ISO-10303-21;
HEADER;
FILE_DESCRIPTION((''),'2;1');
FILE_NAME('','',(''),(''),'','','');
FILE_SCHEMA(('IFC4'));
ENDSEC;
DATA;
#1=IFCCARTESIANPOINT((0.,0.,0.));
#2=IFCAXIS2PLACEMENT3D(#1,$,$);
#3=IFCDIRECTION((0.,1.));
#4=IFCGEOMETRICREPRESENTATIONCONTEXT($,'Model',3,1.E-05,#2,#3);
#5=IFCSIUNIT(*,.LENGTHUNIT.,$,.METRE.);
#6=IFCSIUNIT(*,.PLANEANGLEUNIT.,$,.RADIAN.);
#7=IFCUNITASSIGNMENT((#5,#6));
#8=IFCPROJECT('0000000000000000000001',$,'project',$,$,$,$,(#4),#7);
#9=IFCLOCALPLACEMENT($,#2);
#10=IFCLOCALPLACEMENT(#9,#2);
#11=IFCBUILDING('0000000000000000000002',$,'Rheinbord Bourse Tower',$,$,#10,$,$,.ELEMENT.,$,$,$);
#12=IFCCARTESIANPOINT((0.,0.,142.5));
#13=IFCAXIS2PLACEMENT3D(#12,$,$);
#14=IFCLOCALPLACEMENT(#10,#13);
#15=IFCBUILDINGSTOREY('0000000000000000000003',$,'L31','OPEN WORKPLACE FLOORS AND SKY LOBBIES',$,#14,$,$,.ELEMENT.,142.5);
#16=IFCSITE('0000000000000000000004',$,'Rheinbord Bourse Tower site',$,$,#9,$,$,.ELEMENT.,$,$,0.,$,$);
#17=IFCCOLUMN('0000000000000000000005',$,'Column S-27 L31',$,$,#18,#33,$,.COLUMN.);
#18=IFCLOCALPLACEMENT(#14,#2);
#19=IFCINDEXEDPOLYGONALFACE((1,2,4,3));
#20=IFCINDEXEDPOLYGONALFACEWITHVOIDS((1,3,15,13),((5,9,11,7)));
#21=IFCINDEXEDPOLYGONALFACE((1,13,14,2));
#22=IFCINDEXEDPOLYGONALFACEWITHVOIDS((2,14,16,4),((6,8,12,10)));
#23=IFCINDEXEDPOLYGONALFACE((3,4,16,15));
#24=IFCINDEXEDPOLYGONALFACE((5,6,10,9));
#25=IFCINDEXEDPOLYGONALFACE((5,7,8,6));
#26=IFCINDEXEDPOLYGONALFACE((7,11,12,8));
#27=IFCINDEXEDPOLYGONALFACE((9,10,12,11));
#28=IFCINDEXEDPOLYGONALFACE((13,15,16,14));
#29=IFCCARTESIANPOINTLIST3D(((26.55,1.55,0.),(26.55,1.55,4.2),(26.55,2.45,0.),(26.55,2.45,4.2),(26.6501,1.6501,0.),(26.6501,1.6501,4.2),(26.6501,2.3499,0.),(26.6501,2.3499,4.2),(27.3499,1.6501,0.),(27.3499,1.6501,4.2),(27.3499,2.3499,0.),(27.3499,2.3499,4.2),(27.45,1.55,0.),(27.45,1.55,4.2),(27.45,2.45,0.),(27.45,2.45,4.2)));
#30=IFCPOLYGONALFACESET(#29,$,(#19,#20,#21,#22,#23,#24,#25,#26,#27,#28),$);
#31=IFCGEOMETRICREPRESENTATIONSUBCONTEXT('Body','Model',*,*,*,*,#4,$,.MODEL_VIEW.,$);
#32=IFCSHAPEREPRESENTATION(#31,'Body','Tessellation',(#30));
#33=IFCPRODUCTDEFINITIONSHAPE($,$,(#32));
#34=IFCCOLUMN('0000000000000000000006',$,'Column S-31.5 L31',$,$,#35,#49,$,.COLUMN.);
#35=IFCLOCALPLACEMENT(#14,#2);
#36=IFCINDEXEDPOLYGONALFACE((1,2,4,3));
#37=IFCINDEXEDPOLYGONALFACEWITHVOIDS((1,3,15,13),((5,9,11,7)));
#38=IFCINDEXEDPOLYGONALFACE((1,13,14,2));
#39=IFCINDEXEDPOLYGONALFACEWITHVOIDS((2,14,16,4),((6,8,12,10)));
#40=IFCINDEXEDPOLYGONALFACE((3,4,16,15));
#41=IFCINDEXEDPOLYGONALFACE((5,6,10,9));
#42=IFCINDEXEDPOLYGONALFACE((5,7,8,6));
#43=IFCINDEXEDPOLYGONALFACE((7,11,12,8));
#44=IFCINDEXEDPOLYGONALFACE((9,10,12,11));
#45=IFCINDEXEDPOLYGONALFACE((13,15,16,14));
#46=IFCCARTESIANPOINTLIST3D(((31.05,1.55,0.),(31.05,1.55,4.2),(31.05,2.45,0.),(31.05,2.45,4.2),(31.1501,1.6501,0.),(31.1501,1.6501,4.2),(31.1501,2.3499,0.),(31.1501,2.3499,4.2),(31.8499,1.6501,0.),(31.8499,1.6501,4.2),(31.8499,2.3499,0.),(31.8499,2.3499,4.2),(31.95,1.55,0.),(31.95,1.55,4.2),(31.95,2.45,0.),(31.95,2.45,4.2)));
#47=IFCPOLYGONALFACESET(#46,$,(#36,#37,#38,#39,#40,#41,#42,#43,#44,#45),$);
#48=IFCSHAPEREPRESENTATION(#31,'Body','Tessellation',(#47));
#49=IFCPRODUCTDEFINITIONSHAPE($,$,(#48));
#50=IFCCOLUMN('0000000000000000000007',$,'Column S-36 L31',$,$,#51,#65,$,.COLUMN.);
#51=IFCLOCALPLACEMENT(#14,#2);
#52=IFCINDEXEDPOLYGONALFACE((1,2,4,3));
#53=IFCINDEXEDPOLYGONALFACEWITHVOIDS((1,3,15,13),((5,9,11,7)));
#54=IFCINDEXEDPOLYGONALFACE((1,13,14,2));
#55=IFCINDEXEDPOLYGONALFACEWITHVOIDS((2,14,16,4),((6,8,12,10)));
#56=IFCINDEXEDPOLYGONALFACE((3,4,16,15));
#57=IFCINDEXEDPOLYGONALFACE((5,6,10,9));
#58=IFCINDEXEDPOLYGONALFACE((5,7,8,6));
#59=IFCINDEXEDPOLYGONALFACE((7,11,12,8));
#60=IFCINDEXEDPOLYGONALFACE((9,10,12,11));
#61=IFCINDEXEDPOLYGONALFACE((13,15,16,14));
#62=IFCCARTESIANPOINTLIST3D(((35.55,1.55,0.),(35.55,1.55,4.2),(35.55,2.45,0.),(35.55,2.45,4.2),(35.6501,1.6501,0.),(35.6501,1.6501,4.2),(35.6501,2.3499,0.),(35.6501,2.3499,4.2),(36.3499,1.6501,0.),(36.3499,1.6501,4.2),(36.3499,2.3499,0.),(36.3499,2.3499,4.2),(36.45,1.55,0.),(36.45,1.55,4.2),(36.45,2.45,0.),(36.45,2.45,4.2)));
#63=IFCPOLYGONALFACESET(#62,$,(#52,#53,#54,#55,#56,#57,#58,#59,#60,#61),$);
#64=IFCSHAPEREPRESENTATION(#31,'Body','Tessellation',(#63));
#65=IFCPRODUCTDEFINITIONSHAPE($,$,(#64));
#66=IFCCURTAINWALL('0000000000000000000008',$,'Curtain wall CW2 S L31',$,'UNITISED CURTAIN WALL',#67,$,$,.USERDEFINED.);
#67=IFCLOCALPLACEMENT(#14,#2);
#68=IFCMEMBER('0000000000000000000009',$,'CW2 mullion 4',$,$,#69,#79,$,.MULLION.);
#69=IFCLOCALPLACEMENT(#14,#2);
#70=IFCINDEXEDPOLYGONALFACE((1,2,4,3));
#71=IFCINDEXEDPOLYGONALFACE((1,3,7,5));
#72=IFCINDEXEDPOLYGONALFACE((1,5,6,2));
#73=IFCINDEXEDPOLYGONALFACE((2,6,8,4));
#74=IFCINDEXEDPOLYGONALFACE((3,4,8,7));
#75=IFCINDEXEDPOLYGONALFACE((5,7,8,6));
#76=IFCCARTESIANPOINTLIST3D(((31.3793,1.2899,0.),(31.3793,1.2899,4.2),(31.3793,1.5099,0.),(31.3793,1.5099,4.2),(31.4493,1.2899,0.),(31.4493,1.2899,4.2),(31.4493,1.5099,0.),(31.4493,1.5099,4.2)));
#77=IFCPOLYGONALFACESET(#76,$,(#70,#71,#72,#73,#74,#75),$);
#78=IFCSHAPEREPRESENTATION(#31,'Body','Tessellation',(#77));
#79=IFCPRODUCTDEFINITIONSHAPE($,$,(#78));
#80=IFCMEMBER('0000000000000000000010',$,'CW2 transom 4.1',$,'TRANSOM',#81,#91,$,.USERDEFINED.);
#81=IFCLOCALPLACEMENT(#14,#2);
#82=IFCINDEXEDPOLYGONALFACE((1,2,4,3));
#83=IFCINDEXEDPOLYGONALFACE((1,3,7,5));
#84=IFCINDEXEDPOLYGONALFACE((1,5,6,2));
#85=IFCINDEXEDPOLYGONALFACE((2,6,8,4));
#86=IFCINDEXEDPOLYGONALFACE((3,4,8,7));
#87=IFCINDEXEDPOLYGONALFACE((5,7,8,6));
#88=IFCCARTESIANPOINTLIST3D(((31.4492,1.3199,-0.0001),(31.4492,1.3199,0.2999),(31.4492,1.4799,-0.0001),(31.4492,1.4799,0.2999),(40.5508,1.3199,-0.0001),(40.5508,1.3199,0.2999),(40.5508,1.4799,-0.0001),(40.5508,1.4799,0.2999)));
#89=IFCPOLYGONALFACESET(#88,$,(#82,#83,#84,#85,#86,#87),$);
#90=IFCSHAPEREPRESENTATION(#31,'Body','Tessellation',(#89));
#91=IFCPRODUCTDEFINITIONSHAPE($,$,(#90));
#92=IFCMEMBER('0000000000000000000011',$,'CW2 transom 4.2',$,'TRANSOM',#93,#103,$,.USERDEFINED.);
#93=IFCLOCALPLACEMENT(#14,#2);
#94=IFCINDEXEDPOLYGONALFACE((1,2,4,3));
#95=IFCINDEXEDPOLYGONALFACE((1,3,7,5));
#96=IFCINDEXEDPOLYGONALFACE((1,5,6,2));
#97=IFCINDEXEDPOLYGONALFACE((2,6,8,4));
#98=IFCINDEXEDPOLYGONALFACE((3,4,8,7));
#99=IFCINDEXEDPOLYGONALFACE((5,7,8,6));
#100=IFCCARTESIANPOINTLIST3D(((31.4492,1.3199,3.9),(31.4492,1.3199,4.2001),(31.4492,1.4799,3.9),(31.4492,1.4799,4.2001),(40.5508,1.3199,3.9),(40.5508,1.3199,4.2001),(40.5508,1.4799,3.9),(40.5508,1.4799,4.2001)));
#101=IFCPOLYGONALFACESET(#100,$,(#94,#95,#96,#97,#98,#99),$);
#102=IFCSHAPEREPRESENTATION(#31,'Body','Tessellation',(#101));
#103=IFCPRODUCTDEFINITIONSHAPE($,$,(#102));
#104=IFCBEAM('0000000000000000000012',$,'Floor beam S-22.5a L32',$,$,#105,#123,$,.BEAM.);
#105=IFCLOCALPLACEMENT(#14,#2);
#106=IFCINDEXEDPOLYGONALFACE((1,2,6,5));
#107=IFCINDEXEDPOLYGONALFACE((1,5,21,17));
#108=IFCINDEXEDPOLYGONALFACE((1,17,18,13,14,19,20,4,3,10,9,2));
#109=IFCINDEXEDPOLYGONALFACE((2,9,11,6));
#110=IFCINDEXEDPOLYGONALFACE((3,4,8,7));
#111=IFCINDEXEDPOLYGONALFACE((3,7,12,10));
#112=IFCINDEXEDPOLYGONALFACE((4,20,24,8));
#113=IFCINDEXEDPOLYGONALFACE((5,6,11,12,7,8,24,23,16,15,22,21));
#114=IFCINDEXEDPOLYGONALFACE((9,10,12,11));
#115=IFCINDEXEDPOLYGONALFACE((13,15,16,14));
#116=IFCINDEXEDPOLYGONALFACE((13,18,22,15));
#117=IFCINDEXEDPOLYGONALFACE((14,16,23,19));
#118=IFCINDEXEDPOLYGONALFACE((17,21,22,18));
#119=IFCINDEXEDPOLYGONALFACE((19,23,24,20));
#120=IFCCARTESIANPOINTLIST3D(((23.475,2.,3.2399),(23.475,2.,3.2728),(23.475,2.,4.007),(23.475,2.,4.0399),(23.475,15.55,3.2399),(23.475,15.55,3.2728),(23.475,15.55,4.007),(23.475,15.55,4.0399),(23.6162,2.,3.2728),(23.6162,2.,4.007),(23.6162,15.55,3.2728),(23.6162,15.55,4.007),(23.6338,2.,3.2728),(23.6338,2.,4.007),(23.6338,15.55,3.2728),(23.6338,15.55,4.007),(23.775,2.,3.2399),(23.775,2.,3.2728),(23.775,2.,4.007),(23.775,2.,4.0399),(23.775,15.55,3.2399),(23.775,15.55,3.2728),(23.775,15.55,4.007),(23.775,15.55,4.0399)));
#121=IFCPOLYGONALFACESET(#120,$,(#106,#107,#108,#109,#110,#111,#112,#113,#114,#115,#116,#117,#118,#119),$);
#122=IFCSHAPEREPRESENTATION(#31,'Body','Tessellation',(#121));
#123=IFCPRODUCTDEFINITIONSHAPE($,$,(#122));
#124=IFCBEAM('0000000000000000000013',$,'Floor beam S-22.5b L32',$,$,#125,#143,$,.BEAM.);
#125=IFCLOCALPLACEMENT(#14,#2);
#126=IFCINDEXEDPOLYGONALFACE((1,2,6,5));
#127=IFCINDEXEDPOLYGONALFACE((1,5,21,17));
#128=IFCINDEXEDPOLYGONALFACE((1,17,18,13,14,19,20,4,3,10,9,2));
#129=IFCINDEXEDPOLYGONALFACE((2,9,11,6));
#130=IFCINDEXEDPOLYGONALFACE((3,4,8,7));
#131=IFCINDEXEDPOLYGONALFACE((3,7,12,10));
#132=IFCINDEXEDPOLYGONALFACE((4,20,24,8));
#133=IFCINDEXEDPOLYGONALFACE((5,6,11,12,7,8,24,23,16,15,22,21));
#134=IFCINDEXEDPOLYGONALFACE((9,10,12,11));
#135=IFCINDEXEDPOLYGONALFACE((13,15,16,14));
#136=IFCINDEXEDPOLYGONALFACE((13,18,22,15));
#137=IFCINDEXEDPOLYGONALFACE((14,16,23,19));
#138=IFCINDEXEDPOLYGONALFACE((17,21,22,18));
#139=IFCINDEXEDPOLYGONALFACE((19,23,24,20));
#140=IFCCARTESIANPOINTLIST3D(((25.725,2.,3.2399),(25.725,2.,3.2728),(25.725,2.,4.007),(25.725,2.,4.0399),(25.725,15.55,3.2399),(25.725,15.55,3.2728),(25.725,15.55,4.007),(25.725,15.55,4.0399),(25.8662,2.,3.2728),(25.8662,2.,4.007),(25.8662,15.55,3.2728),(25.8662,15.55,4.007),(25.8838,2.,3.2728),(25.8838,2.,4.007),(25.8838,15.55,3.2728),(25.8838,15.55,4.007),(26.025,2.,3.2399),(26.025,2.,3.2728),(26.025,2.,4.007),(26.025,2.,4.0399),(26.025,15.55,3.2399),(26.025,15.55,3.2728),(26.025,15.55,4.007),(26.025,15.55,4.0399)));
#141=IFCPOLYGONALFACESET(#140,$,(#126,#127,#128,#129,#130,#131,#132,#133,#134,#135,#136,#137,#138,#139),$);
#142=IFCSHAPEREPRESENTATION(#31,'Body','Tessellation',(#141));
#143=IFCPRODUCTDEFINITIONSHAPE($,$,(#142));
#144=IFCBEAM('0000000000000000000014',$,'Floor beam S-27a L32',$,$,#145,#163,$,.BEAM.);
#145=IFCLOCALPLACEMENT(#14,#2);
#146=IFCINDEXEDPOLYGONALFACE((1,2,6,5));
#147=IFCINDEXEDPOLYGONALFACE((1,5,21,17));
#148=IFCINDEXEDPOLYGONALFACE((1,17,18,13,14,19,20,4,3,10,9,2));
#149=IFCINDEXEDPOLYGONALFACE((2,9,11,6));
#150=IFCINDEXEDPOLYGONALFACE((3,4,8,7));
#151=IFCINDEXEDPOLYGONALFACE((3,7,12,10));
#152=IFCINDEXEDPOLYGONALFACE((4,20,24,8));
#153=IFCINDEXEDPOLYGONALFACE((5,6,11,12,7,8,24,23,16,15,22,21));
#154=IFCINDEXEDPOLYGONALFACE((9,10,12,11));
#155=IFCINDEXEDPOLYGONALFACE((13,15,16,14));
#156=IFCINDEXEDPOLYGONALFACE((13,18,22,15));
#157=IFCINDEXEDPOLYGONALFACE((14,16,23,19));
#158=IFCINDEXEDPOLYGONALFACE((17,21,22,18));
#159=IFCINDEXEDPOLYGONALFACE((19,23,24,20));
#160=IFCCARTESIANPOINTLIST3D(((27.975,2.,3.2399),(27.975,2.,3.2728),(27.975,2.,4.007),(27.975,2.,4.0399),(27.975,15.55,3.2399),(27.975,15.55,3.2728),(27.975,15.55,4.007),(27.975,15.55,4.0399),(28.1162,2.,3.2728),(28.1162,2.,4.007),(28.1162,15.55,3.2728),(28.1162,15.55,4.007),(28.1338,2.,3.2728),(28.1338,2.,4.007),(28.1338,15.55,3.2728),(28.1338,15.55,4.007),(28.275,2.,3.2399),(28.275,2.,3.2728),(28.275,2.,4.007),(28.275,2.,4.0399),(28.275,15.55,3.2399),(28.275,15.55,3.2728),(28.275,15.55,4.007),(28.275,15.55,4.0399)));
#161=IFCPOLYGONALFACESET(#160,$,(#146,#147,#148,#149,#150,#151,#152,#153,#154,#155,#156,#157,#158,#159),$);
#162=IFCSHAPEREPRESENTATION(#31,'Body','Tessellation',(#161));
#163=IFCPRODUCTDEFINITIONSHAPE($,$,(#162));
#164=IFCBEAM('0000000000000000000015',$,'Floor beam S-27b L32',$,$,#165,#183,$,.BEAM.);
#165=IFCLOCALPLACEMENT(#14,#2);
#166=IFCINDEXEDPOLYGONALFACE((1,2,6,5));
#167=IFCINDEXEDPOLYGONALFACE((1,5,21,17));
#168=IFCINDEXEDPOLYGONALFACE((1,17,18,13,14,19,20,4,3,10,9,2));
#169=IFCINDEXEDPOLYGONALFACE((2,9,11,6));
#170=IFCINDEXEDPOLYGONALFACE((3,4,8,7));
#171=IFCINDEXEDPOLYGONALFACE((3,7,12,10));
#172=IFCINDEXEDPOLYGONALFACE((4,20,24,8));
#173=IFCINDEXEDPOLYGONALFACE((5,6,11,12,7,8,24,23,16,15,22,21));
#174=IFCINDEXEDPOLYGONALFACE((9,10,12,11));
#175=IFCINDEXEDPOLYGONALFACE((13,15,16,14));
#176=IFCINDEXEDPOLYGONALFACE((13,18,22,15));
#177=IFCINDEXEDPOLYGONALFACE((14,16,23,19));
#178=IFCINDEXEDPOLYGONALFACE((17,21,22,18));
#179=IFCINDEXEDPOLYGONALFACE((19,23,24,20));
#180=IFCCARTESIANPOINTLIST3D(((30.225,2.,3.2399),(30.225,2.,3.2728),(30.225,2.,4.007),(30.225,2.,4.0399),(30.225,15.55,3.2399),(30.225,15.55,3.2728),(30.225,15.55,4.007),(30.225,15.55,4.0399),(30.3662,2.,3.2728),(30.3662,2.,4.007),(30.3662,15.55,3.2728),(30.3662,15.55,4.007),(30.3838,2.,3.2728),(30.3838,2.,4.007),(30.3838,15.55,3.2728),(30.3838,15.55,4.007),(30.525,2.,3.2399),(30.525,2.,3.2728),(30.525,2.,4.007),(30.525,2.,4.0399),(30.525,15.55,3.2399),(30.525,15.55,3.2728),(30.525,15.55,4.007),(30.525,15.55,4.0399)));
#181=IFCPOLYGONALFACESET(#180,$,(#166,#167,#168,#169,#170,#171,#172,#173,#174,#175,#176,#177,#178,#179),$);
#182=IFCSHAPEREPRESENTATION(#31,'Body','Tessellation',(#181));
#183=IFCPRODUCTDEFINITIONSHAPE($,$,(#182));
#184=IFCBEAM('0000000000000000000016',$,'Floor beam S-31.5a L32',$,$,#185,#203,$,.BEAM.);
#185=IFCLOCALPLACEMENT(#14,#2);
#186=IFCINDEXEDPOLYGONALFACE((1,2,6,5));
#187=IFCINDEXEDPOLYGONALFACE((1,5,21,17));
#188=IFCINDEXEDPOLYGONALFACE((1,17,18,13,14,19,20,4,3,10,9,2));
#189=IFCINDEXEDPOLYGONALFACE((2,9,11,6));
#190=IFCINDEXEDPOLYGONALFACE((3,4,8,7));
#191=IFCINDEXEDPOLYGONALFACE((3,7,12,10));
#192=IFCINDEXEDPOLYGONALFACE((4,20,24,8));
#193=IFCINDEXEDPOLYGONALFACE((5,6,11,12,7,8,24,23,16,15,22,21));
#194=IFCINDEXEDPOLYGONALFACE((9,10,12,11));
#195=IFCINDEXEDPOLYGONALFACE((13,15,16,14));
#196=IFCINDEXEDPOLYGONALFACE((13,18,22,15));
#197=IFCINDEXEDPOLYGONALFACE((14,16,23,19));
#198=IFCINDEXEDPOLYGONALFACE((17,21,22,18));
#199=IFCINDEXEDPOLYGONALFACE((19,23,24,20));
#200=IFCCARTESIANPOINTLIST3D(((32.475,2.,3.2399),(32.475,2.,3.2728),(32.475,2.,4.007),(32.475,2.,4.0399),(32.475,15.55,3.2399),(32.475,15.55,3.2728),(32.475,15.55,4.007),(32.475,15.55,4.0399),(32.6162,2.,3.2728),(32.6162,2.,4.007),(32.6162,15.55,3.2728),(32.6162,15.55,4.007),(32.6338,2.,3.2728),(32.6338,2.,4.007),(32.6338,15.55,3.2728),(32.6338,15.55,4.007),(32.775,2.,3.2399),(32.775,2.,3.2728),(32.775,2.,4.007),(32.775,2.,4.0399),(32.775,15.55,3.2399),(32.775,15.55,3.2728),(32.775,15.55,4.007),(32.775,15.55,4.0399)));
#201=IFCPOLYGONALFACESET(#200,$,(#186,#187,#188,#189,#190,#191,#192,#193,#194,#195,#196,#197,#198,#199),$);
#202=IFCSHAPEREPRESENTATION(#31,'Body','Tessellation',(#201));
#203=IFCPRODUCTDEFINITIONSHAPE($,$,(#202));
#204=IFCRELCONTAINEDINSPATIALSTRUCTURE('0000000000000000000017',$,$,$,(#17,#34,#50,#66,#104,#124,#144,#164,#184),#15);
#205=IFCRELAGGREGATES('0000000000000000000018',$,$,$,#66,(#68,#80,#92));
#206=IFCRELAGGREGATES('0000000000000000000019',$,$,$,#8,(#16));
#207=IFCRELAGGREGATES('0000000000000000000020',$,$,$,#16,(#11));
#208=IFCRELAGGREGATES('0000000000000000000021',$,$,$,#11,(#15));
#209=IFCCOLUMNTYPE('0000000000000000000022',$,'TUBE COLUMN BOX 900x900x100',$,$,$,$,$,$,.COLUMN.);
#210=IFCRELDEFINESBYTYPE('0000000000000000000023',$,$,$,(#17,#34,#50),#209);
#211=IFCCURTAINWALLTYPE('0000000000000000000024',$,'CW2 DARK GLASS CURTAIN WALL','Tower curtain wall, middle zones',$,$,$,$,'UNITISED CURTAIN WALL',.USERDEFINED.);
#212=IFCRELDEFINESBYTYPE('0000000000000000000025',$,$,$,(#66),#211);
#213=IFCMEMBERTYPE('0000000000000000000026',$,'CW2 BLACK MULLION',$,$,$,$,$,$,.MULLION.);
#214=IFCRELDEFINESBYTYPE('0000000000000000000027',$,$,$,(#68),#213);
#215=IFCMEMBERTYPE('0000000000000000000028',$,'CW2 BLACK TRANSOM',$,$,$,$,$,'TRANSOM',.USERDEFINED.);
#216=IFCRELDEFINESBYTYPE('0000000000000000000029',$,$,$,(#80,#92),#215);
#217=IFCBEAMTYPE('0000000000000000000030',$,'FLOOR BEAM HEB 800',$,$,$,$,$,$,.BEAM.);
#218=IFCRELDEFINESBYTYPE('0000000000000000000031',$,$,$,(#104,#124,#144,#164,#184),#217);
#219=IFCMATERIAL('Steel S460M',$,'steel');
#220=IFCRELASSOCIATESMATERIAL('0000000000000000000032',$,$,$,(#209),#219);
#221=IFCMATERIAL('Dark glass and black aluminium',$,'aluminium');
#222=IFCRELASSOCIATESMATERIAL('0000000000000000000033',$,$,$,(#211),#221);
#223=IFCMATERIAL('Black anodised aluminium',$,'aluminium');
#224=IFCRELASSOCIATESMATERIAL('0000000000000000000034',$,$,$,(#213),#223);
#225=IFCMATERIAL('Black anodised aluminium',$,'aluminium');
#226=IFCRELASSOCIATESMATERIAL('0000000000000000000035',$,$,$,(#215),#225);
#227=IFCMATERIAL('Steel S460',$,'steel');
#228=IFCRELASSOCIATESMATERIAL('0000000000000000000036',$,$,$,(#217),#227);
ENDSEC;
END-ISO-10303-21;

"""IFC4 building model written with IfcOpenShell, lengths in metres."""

from ifc_helpers import new_model, si_unit, direction, frame, origin, origin_2d, place, context, subcontext, project, spatial, rectangle, hollow_rectangle, i_section, extrude, material, material_profile, profile_set, type_object, element, aggregate, save


model = new_model("IFC4")

# Units and contexts
model_context = context("Model", 3, precision=1e-05, world=origin(), true_north=direction((0.0, 1.0)))
body_context = subcontext(model_context, "Body", "Model", "MODEL_VIEW")
ifc_project = project(units=[si_unit("LENGTHUNIT", "METRE"), si_unit("PLANEANGLEUNIT", "RADIAN")], contexts=[model_context])

# Site, building, storey
site_placement = place(None, origin())
site = spatial("IfcSite", under=ifc_project, at=site_placement, Name="Rheinbord Bourse Tower site", CompositionType="ELEMENT", RefElevation=0.0)
building_placement = place(site_placement, origin())
building = spatial("IfcBuilding", under=site, at=building_placement, Name="Rheinbord Bourse Tower", CompositionType="ELEMENT")
storey_placement = place(building_placement, frame((0.0, 0.0, 142.5)))
storey = spatial("IfcBuildingStorey", under=building, at=storey_placement, Name="L31", Description="OPEN WORKPLACE FLOORS AND SKY LOBBIES", CompositionType="ELEMENT", Elevation=142.5)

# Columns
ifc_material_1 = material(Name="Steel S460M", Category="steel")
ifc_material_profile_1 = material_profile(ifc_material_1, hollow_rectangle(XDim=0.8999, YDim=0.8999, WallThickness=0.1001, at=origin_2d()), Name="BOX 900x900x100")
ifc_profile_set_1 = profile_set([ifc_material_profile_1], Name="Steel S460M")
column_type = type_object("IfcColumnType", Name="TUBE COLUMN BOX 900x900x100", PredefinedType="COLUMN", material=ifc_profile_set_1)
for number, where, z_axis, x_axis, name in (
    (1, (27.0, 2.0, 0.0), (0.0, 0.0, 1.0), (0.0, 1.0, 0.0), "Column S-27 L31"),
    (2, (31.5, 2.0, 0.0), (0.0, 0.0, 1.0), (0.0, 1.0, 0.0), "Column S-31.5 L31"),
    (3, (36.0, 2.0, 0.0), (0.0, 0.0, 1.0), (0.0, 1.0, 0.0), "Column S-36 L31"),
):
    element("IfcColumn", number, at=place(storey_placement, frame(where, z_axis=z_axis, x_axis=x_axis)), inside=storey, type_object=column_type, Name=name, PredefinedType="COLUMN", context=body_context, shape_type="SweptSolid", body=[
        extrude(hollow_rectangle(XDim=0.8999, YDim=0.8999, WallThickness=0.1001, at=origin_2d()), origin(), (0.0, 0.0, 1.0), 4.2),
    ])

# Curtain wall, members
ifc_material_2 = material(Name="Dark glass and black aluminium", Category="aluminium")
curtain_wall_type = type_object("IfcCurtainWallType", Name="CW2 DARK GLASS CURTAIN WALL", Description="Tower curtain wall, middle zones", ElementType="UNITISED CURTAIN WALL", PredefinedType="USERDEFINED", material=ifc_material_2)
curtain_wall_placement = place(storey_placement, origin())
curtain_wall = element("IfcCurtainWall", 4, at=curtain_wall_placement, inside=storey, type_object=curtain_wall_type, Name="Curtain wall CW2 S L31", ObjectType="UNITISED CURTAIN WALL", PredefinedType="USERDEFINED")
ifc_material_3 = material(Name="Black anodised aluminium", Category="aluminium")
ifc_material_profile_2 = material_profile(ifc_material_3, rectangle(XDim=0.22, YDim=0.0701, at=origin_2d()), Name="CW2 MULLION 70x220")
ifc_profile_set_2 = profile_set([ifc_material_profile_2], Name="Black anodised aluminium")
member_type_1 = type_object("IfcMemberType", Name="CW2 BLACK MULLION", PredefinedType="MULLION", material=ifc_profile_set_2)
member_1_placement = place(storey_placement, frame((31.4143, 1.3999, 0.0), z_axis=(0.0, 0.0, 1.0), x_axis=(0.0, 1.0, 0.0)))
member_1 = element("IfcMember", 5, at=member_1_placement, type_object=member_type_1, Name="CW2 mullion 4", PredefinedType="MULLION", context=body_context, shape_type="SweptSolid", body=[
    extrude(rectangle(XDim=0.22, YDim=0.0701, at=origin_2d()), origin(), (0.0, 0.0, 1.0), 4.2),
])
ifc_material_4 = material(Name="Black anodised aluminium", Category="aluminium")
ifc_material_profile_3 = material_profile(ifc_material_4, rectangle(XDim=0.1599, YDim=0.3, at=origin_2d()), Name="CW2 TRANSOM 300x160")
ifc_profile_set_3 = profile_set([ifc_material_profile_3], Name="Black anodised aluminium")
member_type_2 = type_object("IfcMemberType", Name="CW2 BLACK TRANSOM", ElementType="TRANSOM", PredefinedType="USERDEFINED", material=ifc_profile_set_3)
member_2_placement = place(storey_placement, frame((31.4492, 1.3999, 0.1499), z_axis=(1.0, 0.0, 0.0), x_axis=(0.0, 1.0, 0.0)))
member_2 = element("IfcMember", 6, at=member_2_placement, type_object=member_type_2, Name="CW2 transom 4.1", ObjectType="TRANSOM", PredefinedType="USERDEFINED", context=body_context, shape_type="SweptSolid", body=[
    extrude(rectangle(XDim=0.1599, YDim=0.3, at=origin_2d()), origin(), (0.0, 0.0, 1.0), 9.1016),
])
member_3_placement = place(storey_placement, frame((31.4492, 1.3999, 4.05), z_axis=(1.0, 0.0, 0.0), x_axis=(0.0, 1.0, 0.0)))
member_3 = element("IfcMember", 7, at=member_3_placement, type_object=member_type_2, Name="CW2 transom 4.2", ObjectType="TRANSOM", PredefinedType="USERDEFINED", context=body_context, shape_type="SweptSolid", body=[
    extrude(rectangle(XDim=0.1599, YDim=0.3, at=origin_2d()), origin(), (0.0, 0.0, 1.0), 9.1016),
])

# Beams
ifc_material_5 = material(Name="Steel S460", Category="steel")
ifc_material_profile_4 = material_profile(ifc_material_5, i_section(OverallWidth=0.3, OverallDepth=0.8, WebThickness=0.0176, FlangeThickness=0.033, at=origin_2d()), Name="HEB 800")
ifc_profile_set_4 = profile_set([ifc_material_profile_4], Name="Steel S460")
beam_type_1 = type_object("IfcBeamType", Name="FLOOR BEAM HEB 800", PredefinedType="BEAM", material=ifc_profile_set_4)
for number, where, z_axis, x_axis, name in (
    (8, (23.625, 2.0, 3.6399), (0.0, 1.0, 0.0), (-1.0, 0.0, 0.0), "Floor beam S-22.5a L32"),
    (9, (25.875, 2.0, 3.6399), (0.0, 1.0, 0.0), (-1.0, 0.0, 0.0), "Floor beam S-22.5b L32"),
    (10, (28.125, 2.0, 3.6399), (0.0, 1.0, 0.0), (-1.0, 0.0, 0.0), "Floor beam S-27a L32"),
    (11, (30.375, 2.0, 3.6399), (0.0, 1.0, 0.0), (-1.0, 0.0, 0.0), "Floor beam S-27b L32"),
    (12, (32.625, 2.0, 3.6399), (0.0, 1.0, 0.0), (-1.0, 0.0, 0.0), "Floor beam S-31.5a L32"),
):
    element("IfcBeam", number, at=place(storey_placement, frame(where, z_axis=z_axis, x_axis=x_axis)), inside=storey, type_object=beam_type_1, Name=name, PredefinedType="BEAM", context=body_context, shape_type="SweptSolid", body=[
        extrude(i_section(OverallWidth=0.3, OverallDepth=0.8, WebThickness=0.0176, FlangeThickness=0.033, at=origin_2d()), origin(), (0.0, 0.0, 1.0), 13.55),
    ])

aggregate(curtain_wall, [member_1, member_2, member_3])

save(model, "model.ifc")
